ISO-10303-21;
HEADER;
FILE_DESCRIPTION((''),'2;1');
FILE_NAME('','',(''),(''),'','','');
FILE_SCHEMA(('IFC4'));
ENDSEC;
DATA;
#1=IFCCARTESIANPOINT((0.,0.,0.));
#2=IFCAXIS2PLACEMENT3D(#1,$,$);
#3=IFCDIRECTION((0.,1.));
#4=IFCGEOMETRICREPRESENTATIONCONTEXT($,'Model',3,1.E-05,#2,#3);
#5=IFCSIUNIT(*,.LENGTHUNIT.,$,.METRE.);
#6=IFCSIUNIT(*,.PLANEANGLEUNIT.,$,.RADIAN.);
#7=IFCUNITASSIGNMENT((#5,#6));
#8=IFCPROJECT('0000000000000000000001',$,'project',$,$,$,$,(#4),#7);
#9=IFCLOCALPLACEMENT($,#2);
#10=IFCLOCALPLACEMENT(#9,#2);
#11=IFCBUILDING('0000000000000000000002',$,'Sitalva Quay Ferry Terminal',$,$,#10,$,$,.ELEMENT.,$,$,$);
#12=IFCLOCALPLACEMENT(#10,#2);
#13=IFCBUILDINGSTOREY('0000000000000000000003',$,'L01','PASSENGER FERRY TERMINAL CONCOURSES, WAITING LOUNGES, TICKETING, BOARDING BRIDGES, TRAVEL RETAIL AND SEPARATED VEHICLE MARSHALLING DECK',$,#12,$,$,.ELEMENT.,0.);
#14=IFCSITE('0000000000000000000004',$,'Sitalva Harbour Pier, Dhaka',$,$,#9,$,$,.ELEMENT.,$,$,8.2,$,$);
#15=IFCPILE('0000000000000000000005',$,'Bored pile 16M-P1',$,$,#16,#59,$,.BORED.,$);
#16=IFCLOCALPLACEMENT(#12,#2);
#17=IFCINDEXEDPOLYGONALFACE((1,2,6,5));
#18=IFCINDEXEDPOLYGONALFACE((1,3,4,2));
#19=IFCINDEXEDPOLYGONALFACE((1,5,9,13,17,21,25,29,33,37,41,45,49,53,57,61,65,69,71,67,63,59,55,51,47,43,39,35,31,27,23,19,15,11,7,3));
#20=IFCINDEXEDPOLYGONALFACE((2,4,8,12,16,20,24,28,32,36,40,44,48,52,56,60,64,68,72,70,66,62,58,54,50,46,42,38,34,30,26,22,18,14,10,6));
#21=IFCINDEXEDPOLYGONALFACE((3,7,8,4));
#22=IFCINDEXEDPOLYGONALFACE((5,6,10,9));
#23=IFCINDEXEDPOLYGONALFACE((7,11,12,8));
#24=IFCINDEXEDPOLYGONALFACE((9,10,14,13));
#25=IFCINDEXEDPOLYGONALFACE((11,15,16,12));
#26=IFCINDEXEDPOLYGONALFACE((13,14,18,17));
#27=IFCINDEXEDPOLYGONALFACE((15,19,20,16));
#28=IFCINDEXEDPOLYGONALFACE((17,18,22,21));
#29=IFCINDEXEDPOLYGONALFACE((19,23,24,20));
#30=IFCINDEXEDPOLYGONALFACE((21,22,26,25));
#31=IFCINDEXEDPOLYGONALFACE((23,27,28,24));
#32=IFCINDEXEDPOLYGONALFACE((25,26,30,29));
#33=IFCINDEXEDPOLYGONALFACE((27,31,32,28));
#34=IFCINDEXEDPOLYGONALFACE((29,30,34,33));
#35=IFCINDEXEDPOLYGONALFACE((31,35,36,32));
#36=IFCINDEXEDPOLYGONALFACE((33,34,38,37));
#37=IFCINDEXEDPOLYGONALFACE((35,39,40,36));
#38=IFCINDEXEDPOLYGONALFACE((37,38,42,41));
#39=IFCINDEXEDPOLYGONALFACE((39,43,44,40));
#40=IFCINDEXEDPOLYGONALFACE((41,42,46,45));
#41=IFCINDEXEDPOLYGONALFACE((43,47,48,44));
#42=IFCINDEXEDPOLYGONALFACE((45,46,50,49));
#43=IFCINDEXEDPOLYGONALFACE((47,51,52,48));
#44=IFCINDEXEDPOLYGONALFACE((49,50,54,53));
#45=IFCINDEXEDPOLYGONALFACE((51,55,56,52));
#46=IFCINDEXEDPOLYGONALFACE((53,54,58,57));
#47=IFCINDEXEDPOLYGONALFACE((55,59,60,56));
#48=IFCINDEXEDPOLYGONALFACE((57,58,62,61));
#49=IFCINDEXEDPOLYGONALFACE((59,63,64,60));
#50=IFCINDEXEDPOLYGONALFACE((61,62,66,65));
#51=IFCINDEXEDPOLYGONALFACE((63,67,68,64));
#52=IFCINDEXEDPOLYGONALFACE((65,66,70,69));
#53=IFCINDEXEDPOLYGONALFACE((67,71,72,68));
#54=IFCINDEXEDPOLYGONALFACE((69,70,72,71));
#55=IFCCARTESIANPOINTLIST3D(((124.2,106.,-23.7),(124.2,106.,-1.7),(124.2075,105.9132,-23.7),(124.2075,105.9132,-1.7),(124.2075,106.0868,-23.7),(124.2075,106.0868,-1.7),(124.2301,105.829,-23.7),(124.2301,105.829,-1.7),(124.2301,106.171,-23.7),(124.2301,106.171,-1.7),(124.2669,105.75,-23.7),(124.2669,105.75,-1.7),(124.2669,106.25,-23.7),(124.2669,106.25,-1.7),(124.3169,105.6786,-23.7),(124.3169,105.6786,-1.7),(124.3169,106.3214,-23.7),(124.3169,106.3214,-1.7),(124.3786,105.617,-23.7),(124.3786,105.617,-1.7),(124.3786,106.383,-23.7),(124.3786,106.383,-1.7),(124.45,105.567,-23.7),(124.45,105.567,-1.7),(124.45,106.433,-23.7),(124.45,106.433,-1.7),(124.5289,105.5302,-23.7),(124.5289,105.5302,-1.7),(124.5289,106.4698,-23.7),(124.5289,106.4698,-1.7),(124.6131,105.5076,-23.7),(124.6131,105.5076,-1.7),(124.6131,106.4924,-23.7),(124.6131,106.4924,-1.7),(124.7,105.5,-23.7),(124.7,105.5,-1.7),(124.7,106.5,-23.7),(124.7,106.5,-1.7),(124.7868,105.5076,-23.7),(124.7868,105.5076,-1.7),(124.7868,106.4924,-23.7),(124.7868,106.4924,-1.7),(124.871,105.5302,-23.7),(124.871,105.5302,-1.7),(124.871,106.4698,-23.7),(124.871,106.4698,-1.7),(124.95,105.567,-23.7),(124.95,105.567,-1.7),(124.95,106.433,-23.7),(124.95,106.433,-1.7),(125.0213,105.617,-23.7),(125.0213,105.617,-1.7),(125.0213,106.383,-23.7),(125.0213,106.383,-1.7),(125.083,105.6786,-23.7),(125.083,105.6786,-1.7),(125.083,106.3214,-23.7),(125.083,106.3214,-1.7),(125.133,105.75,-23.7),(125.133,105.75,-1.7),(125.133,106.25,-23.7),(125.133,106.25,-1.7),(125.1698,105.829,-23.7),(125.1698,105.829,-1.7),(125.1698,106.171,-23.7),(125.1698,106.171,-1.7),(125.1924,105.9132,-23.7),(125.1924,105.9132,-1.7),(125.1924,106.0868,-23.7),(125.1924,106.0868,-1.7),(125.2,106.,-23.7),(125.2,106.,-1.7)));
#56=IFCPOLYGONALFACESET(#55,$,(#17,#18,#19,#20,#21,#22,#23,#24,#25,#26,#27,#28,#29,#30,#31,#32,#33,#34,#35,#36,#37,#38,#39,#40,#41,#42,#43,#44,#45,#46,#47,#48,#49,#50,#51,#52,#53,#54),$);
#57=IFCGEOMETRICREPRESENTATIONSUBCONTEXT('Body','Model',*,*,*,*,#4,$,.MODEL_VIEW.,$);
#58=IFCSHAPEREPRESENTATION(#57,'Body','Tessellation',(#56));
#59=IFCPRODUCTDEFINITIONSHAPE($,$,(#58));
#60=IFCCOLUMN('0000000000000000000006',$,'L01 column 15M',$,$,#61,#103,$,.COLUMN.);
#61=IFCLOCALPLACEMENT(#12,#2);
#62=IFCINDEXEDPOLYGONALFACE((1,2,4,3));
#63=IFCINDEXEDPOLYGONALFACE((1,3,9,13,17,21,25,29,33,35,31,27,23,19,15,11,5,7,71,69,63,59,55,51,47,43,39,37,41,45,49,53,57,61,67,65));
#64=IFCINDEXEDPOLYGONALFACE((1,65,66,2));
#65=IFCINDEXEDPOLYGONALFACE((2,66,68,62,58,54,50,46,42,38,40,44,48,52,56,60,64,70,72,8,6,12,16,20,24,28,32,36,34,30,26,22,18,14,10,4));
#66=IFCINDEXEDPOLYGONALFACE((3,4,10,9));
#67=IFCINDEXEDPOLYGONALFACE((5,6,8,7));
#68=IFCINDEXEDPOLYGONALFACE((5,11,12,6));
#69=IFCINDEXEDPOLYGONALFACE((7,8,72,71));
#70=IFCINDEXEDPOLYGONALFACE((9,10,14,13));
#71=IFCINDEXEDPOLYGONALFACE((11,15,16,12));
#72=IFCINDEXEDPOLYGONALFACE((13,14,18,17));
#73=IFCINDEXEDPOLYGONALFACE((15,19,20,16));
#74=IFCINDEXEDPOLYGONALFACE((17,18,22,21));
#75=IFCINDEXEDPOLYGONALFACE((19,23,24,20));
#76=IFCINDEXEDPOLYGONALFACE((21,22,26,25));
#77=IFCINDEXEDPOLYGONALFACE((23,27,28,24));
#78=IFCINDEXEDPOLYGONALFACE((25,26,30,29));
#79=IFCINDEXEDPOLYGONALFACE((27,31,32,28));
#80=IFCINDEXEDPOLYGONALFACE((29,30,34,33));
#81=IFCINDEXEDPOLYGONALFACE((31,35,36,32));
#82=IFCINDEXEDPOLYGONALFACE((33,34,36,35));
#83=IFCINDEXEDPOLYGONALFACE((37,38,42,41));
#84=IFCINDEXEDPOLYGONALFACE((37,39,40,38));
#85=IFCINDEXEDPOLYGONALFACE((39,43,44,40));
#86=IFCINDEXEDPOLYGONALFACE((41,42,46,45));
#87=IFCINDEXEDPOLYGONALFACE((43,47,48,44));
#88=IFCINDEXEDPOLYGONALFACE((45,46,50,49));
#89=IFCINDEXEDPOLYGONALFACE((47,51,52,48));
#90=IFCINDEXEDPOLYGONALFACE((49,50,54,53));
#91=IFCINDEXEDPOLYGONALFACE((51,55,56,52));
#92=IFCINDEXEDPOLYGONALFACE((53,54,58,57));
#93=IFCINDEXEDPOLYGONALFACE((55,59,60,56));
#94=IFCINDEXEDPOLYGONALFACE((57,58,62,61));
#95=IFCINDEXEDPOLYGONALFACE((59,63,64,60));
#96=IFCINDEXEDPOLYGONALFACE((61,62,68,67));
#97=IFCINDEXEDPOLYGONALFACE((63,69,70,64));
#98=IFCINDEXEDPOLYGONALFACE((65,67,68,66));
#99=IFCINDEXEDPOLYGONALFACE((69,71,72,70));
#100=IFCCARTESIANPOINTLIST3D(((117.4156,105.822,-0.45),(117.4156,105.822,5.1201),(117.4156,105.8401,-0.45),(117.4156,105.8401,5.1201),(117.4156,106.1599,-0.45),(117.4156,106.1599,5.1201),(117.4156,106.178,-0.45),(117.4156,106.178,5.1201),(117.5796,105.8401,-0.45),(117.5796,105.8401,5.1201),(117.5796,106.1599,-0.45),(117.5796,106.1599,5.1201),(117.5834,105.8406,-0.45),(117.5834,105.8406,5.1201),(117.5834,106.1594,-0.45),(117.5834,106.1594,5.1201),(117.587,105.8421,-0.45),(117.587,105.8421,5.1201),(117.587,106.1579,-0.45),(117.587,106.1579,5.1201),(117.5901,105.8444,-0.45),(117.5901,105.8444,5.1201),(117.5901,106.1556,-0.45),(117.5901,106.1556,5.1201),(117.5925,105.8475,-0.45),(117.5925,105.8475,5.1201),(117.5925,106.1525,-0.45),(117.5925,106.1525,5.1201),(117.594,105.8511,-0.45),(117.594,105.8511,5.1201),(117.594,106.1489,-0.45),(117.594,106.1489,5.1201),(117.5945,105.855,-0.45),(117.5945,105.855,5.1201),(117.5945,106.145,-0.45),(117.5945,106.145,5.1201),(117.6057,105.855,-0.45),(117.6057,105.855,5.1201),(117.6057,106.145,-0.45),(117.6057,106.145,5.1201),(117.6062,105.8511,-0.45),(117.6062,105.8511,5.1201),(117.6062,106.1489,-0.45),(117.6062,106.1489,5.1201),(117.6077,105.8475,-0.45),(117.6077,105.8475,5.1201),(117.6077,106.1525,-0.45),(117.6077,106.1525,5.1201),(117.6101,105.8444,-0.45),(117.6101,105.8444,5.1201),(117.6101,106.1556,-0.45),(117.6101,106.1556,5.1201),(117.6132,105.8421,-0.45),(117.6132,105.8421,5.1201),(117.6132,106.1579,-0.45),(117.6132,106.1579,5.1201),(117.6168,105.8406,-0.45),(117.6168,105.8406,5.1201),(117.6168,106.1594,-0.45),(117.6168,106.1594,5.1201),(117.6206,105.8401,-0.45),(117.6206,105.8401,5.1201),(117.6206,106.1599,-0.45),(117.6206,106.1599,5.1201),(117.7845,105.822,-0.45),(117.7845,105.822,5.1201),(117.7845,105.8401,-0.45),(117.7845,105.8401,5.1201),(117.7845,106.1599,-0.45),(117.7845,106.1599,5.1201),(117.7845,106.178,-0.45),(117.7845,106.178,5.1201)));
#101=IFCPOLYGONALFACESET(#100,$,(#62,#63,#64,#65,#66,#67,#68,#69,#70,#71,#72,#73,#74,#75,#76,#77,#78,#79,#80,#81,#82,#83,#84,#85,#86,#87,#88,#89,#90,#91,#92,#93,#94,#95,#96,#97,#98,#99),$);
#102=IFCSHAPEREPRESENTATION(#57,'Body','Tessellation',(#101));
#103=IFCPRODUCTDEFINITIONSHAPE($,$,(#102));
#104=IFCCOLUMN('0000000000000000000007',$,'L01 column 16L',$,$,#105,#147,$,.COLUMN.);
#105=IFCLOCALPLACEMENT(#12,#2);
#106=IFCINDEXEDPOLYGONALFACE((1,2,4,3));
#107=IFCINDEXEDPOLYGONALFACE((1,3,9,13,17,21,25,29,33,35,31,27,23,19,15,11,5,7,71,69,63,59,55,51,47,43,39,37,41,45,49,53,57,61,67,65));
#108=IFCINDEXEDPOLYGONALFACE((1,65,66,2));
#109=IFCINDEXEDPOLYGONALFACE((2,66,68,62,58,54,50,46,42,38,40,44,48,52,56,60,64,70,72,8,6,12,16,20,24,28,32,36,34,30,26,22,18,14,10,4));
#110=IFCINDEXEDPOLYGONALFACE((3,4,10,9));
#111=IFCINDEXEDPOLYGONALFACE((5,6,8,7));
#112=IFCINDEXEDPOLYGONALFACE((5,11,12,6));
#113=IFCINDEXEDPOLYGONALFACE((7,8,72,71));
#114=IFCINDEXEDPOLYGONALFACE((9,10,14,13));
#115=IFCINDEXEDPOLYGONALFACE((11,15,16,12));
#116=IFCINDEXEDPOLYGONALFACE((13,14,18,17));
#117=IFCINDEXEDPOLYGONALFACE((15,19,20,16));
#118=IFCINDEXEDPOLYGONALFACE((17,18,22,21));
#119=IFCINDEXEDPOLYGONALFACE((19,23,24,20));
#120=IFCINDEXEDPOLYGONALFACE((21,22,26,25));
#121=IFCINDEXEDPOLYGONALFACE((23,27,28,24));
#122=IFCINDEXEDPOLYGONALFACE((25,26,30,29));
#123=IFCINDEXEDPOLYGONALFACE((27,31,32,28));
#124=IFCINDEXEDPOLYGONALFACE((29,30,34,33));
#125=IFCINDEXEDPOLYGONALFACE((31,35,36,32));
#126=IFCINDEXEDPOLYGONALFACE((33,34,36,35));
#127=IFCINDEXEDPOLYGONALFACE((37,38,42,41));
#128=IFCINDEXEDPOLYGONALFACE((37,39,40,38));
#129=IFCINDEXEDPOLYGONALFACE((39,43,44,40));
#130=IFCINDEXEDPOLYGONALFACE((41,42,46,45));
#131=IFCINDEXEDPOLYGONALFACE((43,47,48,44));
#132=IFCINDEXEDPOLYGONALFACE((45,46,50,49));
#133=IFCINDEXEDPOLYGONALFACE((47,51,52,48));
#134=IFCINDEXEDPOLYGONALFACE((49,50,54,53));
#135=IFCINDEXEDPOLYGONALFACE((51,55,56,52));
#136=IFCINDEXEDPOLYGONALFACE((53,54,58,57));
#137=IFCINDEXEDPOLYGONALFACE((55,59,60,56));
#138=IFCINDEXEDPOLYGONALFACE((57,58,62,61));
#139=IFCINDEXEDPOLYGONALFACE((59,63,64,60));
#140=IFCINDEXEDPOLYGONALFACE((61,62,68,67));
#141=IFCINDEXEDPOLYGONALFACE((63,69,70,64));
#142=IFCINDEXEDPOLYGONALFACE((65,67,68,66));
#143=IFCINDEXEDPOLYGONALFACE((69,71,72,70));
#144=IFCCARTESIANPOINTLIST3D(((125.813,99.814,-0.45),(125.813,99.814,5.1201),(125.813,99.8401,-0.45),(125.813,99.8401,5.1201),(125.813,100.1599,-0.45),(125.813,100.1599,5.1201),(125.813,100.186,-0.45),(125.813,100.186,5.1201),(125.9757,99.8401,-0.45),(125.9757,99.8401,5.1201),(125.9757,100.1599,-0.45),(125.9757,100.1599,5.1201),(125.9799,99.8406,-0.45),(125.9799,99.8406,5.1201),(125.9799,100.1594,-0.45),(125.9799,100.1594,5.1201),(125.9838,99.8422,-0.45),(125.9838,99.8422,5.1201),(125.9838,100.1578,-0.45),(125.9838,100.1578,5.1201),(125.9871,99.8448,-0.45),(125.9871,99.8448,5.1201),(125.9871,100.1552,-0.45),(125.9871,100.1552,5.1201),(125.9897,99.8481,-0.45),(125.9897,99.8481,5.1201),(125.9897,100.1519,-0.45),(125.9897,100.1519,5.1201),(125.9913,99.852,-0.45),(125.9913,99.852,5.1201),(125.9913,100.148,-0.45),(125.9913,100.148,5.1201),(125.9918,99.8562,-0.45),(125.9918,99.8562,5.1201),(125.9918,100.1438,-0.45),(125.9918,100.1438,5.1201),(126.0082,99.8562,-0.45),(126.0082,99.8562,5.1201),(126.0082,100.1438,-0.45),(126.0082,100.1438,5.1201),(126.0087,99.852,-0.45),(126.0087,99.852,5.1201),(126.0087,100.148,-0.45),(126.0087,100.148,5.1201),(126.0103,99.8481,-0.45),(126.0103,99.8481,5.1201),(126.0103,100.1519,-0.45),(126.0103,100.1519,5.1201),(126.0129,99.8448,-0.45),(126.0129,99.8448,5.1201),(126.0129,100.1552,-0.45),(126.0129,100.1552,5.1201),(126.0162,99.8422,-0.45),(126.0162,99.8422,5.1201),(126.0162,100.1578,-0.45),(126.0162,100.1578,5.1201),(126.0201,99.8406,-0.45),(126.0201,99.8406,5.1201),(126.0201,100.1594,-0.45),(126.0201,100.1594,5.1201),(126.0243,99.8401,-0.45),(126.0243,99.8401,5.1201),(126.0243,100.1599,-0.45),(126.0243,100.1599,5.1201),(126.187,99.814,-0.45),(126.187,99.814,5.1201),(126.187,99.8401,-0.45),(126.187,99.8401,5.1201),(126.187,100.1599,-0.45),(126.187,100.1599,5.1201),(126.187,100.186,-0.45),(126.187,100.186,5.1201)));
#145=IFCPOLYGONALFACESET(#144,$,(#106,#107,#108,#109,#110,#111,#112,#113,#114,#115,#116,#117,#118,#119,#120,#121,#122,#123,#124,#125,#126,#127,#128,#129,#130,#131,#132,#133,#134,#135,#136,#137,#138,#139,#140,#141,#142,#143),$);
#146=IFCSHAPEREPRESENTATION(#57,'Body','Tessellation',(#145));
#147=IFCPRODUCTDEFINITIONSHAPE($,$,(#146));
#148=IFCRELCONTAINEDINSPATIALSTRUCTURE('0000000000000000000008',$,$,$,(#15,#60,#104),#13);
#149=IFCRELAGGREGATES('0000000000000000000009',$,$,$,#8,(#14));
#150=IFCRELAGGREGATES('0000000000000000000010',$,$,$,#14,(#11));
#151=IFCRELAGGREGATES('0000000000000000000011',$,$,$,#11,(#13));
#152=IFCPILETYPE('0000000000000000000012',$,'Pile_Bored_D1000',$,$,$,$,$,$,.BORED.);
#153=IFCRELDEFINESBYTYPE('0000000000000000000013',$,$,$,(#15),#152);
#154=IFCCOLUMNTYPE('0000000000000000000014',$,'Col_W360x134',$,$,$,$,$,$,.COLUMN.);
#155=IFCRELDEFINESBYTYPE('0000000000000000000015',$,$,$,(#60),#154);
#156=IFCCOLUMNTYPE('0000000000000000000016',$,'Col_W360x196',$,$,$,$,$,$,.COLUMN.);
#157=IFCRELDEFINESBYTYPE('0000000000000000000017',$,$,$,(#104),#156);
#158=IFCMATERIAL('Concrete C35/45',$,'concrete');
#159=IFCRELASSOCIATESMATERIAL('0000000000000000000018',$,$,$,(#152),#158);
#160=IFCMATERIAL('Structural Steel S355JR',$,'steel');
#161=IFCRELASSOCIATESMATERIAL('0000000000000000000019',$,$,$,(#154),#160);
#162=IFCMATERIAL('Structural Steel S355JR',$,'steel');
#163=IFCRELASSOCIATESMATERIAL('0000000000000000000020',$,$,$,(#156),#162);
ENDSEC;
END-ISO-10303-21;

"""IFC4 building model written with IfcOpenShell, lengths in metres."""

from ifc_helpers import new_model, si_unit, direction, frame, origin, origin_2d, place, context, subcontext, project, spatial, circle, i_section, extrude, material, material_profile, profile_set, type_object, element, save


model = new_model("IFC4")

# Units and contexts
model_context = context("Model", 3, precision=1e-05, world=origin(), true_north=direction((0.0, 1.0)))
body_context = subcontext(model_context, "Body", "Model", "MODEL_VIEW")
ifc_project = project(units=[si_unit("LENGTHUNIT", "METRE"), si_unit("PLANEANGLEUNIT", "RADIAN")], contexts=[model_context])

# Site, building, storey
site_placement = place(None, origin())
site = spatial("IfcSite", under=ifc_project, at=site_placement, Name="Sitalva Harbour Pier, Dhaka", CompositionType="ELEMENT", RefElevation=8.2)
building_placement = place(site_placement, origin())
building = spatial("IfcBuilding", under=site, at=building_placement, Name="Sitalva Quay Ferry Terminal", CompositionType="ELEMENT")
storey_placement = place(building_placement, origin())
storey = spatial("IfcBuildingStorey", under=building, at=storey_placement, Name="L01", Description="PASSENGER FERRY TERMINAL CONCOURSES, WAITING LOUNGES, TICKETING, BOARDING BRIDGES, TRAVEL RETAIL AND SEPARATED VEHICLE MARSHALLING DECK", CompositionType="ELEMENT", Elevation=0.0)

# Pile
ifc_material_1 = material(Name="Concrete C35/45", Category="concrete")
ifc_material_profile_1 = material_profile(ifc_material_1, circle(Radius=0.5, at=origin_2d()), Name="PILE-D1000")
ifc_profile_set_1 = profile_set([ifc_material_profile_1], Name="Concrete C35/45")
pile_type = type_object("IfcPileType", Name="Pile_Bored_D1000", PredefinedType="BORED", material=ifc_profile_set_1)
for number, where, z_axis, x_axis, name in (
    (1, (124.7, 106.0, -1.7), (0.0, 0.0, -1.0), (1.0, 0.0, 0.0), "Bored pile 16M-P1"),
):
    element("IfcPile", number, at=place(storey_placement, frame(where, z_axis=z_axis, x_axis=x_axis)), inside=storey, type_object=pile_type, Name=name, PredefinedType="BORED", context=body_context, shape_type="SweptSolid", body=[
        extrude(circle(Radius=0.5, at=origin_2d()), origin(), (0.0, 0.0, 1.0), 22.0),
    ])

# Columns
ifc_material_2 = material(Name="Structural Steel S355JR", Category="steel")
ifc_material_profile_2 = material_profile(ifc_material_2, i_section(OverallWidth=0.3689, OverallDepth=0.356, WebThickness=0.0112, FlangeThickness=0.0181, FilletRadius=0.0149, at=origin_2d()), Name="W360x134")
ifc_profile_set_2 = profile_set([ifc_material_profile_2], Name="Structural Steel S355JR")
column_type_1 = type_object("IfcColumnType", Name="Col_W360x134", PredefinedType="COLUMN", material=ifc_profile_set_2)
column_1_placement = place(storey_placement, frame((117.6001, 106.0, -0.45), z_axis=(0.0, 0.0, 1.0), x_axis=(1.0, 0.0, 0.0)))
element("IfcColumn", 2, at=column_1_placement, inside=storey, type_object=column_type_1, Name="L01 column 15M", PredefinedType="COLUMN", context=body_context, shape_type="SweptSolid", body=[
    extrude(i_section(OverallWidth=0.3689, OverallDepth=0.356, WebThickness=0.0112, FlangeThickness=0.0181, FilletRadius=0.0149, at=origin_2d()), origin(), (0.0, 0.0, 1.0), 5.5701),
])
ifc_material_3 = material(Name="Structural Steel S355JR", Category="steel")
ifc_material_profile_3 = material_profile(ifc_material_3, i_section(OverallWidth=0.374, OverallDepth=0.3721, WebThickness=0.0164, FlangeThickness=0.0261, FilletRadius=0.0161, at=origin_2d()), Name="W360x196")
ifc_profile_set_3 = profile_set([ifc_material_profile_3], Name="Structural Steel S355JR")
column_type_2 = type_object("IfcColumnType", Name="Col_W360x196", PredefinedType="COLUMN", material=ifc_profile_set_3)
column_2_placement = place(storey_placement, frame((126.0, 100.0, -0.45), z_axis=(0.0, 0.0, 1.0), x_axis=(1.0, 0.0, 0.0)))
element("IfcColumn", 3, at=column_2_placement, inside=storey, type_object=column_type_2, Name="L01 column 16L", PredefinedType="COLUMN", context=body_context, shape_type="SweptSolid", body=[
    extrude(i_section(OverallWidth=0.374, OverallDepth=0.3721, WebThickness=0.0164, FlangeThickness=0.0261, FilletRadius=0.0161, at=origin_2d()), origin(), (0.0, 0.0, 1.0), 5.5701),
])

save(model, "model.ifc")
